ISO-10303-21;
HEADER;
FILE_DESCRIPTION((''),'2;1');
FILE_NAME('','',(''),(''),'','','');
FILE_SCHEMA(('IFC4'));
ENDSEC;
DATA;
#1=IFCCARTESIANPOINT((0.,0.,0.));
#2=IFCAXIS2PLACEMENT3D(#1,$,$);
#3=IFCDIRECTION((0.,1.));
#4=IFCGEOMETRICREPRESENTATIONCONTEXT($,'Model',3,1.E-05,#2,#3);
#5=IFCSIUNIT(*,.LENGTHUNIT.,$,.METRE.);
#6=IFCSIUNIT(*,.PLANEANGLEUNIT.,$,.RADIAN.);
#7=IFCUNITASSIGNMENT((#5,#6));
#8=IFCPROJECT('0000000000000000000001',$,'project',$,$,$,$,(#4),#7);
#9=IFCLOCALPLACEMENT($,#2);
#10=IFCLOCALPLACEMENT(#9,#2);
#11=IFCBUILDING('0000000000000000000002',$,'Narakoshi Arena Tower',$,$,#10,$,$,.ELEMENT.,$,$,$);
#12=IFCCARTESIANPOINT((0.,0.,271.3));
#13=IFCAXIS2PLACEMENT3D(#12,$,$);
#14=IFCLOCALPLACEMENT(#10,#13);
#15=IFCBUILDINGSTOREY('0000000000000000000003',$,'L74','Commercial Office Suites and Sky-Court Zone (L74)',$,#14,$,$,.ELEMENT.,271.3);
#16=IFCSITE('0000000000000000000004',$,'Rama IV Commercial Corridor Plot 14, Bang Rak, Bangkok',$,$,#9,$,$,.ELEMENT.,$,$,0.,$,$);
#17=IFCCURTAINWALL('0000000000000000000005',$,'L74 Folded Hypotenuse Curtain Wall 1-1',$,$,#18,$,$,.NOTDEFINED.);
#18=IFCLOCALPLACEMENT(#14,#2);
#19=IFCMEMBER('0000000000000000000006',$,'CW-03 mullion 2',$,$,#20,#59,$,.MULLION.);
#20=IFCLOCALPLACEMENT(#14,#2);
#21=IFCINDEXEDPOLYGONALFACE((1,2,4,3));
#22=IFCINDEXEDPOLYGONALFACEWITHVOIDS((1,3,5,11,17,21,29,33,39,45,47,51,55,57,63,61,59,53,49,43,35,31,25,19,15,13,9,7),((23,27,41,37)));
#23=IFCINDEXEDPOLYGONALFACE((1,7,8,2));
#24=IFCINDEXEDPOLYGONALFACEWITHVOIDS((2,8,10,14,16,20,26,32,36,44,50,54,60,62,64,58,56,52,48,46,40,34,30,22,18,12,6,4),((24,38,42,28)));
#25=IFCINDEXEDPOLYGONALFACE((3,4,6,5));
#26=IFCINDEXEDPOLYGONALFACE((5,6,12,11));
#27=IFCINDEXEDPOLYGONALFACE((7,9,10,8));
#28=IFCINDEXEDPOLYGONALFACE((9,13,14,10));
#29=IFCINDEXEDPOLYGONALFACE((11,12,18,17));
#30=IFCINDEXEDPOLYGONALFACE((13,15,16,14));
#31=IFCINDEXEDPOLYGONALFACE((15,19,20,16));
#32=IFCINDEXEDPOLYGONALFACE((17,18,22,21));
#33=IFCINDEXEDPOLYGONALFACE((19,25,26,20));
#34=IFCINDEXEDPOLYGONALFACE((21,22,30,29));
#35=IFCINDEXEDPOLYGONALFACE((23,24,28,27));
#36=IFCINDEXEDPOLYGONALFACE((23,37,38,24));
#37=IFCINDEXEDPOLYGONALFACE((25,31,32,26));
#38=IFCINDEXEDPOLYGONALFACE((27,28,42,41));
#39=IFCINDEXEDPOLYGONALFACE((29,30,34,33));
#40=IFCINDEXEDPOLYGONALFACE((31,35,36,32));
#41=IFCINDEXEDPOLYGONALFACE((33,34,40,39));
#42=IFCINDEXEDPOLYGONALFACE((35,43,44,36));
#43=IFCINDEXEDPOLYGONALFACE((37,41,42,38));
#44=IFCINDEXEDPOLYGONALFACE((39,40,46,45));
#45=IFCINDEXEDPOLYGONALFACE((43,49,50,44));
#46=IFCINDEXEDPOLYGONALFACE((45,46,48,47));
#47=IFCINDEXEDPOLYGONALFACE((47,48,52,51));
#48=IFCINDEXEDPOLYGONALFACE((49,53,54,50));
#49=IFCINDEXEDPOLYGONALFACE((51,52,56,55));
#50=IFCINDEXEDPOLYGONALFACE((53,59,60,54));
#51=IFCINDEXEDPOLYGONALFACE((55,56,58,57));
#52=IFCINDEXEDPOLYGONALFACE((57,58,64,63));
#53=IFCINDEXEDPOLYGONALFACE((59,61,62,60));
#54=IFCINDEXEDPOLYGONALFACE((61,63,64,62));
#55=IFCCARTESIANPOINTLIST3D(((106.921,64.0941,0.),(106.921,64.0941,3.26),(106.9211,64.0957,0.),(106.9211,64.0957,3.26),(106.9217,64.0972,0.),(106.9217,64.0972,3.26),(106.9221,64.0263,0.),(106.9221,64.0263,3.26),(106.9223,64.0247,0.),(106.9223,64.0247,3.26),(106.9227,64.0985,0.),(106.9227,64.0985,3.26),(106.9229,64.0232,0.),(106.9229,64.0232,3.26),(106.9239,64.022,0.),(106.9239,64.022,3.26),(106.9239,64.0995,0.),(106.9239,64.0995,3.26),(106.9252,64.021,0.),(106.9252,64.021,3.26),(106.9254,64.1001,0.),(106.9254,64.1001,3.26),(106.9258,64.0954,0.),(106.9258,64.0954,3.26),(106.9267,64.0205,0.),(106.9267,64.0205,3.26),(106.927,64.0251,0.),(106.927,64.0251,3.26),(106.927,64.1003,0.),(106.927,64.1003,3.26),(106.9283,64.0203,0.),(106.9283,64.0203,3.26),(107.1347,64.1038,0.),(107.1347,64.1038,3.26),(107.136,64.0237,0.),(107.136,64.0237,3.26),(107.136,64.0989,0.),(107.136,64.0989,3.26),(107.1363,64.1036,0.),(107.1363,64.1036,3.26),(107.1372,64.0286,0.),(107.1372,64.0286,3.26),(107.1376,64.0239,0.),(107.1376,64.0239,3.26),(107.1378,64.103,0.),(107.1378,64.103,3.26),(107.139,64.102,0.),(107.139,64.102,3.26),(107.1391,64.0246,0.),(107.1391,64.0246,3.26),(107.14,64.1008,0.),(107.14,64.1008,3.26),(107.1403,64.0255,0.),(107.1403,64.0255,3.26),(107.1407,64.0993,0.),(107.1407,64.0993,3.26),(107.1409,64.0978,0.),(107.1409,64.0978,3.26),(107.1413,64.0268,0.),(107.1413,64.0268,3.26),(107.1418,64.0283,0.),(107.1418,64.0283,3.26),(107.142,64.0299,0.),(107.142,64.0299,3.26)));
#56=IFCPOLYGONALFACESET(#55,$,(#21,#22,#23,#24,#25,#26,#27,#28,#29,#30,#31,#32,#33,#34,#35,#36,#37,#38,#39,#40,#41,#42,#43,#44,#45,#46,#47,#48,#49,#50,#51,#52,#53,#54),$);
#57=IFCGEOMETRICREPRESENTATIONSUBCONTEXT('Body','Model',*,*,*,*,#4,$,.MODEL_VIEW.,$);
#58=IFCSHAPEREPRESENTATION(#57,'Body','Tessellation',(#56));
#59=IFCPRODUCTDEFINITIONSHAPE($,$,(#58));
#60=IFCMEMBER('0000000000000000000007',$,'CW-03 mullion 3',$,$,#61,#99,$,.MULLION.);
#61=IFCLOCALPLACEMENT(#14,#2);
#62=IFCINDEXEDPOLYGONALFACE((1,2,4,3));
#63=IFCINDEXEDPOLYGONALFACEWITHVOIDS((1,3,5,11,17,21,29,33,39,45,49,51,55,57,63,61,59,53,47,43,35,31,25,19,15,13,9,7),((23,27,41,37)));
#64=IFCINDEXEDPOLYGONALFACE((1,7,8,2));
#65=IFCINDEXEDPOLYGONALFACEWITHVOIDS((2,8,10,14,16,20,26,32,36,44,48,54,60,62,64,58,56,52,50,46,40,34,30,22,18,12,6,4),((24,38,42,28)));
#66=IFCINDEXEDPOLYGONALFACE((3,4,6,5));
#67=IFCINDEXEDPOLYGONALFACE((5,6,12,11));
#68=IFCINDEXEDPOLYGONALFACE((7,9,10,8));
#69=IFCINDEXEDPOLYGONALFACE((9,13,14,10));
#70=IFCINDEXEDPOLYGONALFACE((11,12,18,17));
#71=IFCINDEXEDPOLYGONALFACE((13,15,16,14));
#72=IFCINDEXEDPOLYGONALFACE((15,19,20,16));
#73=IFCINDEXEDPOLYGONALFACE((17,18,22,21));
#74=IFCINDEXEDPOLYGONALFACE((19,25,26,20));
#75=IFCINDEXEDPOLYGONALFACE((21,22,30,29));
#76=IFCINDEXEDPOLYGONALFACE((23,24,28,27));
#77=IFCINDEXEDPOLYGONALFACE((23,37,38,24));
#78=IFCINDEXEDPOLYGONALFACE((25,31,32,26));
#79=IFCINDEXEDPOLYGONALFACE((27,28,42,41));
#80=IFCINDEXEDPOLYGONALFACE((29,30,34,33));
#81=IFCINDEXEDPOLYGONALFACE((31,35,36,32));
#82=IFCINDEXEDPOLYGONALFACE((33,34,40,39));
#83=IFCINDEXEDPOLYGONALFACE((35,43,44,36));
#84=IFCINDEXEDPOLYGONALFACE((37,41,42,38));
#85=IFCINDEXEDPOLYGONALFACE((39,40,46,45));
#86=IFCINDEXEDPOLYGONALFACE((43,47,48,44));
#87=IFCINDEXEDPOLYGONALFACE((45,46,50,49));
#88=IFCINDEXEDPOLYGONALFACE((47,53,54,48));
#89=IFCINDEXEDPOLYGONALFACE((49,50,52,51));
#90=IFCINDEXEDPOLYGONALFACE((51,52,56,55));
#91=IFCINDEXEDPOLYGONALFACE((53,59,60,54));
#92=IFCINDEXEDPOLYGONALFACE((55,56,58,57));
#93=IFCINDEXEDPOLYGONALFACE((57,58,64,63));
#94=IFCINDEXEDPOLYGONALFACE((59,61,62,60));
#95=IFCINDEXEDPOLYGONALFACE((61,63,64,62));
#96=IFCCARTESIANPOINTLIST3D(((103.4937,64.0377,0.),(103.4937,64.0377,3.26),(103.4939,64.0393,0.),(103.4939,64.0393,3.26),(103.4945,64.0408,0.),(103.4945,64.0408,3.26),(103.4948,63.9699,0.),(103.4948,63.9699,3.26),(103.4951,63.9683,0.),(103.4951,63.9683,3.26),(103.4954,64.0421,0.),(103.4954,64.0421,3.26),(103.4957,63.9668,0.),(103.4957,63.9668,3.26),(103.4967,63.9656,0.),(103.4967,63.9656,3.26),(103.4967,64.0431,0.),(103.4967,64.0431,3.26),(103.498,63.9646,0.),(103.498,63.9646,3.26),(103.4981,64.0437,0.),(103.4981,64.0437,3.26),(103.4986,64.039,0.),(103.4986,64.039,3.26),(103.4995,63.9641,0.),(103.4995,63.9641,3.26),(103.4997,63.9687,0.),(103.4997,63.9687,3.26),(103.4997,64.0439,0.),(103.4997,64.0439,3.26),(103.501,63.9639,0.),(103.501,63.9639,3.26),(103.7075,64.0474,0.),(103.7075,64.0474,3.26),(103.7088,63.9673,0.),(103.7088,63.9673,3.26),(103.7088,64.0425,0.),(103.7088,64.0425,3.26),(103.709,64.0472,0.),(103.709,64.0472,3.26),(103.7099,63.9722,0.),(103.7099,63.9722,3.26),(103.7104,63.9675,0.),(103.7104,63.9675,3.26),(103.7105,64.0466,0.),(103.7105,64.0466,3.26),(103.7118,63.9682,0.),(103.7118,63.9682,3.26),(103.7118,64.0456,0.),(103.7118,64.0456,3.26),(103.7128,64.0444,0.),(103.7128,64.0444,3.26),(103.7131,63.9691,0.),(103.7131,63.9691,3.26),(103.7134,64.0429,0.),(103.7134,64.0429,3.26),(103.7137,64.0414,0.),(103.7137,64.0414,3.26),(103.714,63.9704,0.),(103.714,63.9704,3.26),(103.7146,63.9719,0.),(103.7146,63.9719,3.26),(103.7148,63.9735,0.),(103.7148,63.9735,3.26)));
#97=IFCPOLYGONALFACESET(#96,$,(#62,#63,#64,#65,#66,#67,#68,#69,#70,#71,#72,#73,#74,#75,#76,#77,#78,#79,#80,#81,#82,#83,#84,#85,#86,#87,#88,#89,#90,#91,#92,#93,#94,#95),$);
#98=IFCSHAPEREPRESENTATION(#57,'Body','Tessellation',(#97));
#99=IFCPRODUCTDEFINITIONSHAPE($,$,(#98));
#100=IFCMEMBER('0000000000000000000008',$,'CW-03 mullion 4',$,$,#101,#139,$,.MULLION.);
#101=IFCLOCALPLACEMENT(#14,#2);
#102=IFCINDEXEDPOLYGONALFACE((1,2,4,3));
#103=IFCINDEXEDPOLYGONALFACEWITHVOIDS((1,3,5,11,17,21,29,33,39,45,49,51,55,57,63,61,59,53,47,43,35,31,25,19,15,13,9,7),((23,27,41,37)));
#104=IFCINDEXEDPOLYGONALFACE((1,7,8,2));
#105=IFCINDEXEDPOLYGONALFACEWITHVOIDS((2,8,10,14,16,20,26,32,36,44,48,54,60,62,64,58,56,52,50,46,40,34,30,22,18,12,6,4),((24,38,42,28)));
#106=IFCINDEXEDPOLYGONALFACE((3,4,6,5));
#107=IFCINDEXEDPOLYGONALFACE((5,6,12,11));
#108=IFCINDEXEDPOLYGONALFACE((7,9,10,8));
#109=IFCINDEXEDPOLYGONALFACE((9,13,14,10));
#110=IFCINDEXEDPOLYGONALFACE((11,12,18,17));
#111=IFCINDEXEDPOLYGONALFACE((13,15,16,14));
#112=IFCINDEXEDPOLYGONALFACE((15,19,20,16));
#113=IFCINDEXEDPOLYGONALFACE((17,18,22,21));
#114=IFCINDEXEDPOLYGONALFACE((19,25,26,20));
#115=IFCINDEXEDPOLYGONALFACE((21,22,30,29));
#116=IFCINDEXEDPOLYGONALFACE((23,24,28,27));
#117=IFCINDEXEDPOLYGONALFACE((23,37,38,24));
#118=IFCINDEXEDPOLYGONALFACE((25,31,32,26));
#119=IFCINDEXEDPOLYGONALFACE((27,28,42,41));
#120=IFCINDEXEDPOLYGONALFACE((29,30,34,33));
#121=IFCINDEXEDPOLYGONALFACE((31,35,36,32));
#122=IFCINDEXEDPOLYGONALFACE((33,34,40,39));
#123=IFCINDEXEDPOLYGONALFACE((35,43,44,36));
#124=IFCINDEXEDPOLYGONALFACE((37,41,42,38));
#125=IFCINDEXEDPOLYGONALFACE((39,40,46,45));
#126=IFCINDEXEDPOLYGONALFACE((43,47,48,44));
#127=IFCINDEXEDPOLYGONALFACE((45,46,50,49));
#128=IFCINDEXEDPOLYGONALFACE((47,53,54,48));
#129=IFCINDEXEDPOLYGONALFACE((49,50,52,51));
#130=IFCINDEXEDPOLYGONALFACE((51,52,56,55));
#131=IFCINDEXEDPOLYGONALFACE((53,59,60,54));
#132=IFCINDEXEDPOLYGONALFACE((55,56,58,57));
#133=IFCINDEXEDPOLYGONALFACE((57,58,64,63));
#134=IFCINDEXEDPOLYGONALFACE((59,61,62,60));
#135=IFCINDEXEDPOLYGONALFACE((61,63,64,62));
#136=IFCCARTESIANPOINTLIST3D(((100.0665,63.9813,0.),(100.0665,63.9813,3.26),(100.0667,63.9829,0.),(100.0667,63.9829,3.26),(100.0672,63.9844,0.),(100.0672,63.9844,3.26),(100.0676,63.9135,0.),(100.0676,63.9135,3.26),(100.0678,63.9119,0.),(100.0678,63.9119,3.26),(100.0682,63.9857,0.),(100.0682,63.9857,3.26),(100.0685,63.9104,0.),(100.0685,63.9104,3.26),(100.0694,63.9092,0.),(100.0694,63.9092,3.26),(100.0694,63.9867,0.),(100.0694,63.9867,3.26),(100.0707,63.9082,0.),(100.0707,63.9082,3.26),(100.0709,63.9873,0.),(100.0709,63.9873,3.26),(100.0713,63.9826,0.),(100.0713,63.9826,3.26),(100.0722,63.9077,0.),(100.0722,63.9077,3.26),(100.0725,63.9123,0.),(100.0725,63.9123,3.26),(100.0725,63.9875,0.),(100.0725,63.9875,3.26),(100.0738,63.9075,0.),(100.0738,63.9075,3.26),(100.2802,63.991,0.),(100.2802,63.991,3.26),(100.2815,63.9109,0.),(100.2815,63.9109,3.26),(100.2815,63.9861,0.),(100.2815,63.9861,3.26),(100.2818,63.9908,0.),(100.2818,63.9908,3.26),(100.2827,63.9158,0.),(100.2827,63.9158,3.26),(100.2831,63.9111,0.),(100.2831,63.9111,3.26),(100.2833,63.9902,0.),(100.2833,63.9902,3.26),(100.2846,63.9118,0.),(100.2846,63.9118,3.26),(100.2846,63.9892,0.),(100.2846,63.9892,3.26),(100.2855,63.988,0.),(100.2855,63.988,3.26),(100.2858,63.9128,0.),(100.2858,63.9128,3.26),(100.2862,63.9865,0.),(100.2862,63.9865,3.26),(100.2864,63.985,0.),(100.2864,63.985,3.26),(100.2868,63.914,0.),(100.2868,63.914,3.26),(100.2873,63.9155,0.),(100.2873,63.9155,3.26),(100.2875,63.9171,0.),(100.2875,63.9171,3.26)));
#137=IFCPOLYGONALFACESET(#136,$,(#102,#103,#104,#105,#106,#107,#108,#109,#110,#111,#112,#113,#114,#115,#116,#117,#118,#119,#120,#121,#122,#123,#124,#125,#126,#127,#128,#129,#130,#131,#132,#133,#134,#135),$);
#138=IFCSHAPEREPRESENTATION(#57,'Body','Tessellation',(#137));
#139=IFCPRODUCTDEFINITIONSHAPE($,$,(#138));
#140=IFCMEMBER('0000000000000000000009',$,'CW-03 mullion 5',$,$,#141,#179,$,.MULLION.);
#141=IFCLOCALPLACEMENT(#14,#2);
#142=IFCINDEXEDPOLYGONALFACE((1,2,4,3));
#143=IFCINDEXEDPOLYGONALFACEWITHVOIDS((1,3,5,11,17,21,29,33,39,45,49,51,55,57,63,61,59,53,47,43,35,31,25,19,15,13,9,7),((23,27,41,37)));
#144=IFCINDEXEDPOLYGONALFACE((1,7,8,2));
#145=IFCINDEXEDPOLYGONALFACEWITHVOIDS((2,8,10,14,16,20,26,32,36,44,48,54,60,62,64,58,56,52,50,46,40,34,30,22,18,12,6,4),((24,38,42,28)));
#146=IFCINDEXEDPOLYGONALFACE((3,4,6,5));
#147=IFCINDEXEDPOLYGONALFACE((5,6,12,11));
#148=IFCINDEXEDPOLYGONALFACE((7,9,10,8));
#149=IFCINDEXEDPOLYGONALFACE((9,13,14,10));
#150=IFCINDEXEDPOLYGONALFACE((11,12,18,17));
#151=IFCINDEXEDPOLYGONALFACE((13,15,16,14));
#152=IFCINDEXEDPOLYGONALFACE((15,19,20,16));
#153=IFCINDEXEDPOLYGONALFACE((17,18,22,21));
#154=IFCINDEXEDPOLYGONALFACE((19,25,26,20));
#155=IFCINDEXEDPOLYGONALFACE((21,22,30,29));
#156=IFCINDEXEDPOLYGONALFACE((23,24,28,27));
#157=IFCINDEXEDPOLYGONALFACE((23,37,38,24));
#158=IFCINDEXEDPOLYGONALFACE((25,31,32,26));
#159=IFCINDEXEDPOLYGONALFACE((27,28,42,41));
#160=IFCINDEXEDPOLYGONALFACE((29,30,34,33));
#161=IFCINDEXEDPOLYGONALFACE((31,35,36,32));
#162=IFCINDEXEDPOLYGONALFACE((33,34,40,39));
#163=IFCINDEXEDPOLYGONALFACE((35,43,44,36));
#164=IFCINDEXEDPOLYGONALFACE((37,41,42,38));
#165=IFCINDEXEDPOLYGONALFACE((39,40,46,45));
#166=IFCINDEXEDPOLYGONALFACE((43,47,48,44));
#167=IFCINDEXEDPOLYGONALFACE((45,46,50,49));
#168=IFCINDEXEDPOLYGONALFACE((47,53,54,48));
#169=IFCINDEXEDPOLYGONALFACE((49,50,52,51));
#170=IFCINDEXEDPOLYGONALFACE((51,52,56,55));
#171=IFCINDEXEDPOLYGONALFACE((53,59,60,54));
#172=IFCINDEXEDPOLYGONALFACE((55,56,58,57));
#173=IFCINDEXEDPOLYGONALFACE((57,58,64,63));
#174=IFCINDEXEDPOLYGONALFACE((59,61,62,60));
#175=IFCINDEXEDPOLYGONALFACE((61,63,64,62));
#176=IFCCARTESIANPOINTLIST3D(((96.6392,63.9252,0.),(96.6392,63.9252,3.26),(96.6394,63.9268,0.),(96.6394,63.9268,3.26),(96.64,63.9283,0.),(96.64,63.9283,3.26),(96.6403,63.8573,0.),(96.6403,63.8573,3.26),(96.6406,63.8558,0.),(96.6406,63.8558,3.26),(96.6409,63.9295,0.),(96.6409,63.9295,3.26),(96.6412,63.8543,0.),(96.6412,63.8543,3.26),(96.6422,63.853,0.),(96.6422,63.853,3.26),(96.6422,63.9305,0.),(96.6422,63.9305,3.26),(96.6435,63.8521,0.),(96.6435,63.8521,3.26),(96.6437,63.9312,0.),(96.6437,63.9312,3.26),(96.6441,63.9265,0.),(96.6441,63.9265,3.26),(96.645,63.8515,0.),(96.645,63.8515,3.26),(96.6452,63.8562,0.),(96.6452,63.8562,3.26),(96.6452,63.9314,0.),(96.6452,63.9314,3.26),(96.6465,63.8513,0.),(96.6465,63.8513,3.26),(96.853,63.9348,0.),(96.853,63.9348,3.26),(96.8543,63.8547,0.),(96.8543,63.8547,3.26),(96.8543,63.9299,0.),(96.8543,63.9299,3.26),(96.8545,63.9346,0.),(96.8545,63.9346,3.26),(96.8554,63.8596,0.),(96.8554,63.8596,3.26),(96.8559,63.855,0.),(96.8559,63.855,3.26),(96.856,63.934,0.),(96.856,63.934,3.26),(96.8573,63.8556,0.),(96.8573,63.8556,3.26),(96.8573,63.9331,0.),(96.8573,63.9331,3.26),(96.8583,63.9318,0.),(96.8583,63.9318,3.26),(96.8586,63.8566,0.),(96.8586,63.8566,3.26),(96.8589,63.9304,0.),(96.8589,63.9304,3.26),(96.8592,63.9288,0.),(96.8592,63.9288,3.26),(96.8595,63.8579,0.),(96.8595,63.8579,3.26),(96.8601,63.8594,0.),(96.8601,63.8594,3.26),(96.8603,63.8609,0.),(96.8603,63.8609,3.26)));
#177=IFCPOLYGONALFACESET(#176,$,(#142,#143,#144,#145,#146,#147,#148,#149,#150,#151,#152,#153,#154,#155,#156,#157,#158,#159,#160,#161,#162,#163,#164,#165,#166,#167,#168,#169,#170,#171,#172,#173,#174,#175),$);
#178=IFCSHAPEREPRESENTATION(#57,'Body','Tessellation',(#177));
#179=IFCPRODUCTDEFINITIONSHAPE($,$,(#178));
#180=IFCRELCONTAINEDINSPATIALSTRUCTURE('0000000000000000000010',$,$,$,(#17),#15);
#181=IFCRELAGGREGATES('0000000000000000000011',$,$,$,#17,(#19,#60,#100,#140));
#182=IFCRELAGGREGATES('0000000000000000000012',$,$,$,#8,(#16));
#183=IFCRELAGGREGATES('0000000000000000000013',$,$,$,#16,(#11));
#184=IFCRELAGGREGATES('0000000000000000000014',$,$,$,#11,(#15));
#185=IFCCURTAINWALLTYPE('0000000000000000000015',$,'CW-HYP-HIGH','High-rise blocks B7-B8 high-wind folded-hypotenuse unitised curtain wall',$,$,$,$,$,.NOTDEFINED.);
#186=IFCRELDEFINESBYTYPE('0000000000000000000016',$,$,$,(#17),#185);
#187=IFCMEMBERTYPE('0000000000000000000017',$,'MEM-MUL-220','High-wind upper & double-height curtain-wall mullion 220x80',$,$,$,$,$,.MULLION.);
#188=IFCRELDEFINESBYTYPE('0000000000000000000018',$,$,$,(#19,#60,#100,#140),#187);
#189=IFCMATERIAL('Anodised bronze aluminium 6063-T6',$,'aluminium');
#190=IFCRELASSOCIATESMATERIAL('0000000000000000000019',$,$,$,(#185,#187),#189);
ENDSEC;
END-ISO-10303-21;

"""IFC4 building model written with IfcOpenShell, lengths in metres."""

from ifc_helpers import new_model, si_unit, direction, frame, origin, origin_2d, place, context, subcontext, project, spatial, hollow_rectangle, extrude, material, material_profile, profile_set, type_object, element, aggregate, save


model = new_model("IFC4")

# Units and contexts
model_context = context("Model", 3, precision=1e-05, world=origin(), true_north=direction((0.0, 1.0)))
body_context = subcontext(model_context, "Body", "Model", "MODEL_VIEW")
ifc_project = project(units=[si_unit("LENGTHUNIT", "METRE"), si_unit("PLANEANGLEUNIT", "RADIAN")], contexts=[model_context])

# Site, building, storey
site_placement = place(None, origin())
site = spatial("IfcSite", under=ifc_project, at=site_placement, Name="Rama IV Commercial Corridor Plot 14, Bang Rak, Bangkok", CompositionType="ELEMENT", RefElevation=0.0)
building_placement = place(site_placement, origin())
building = spatial("IfcBuilding", under=site, at=building_placement, Name="Narakoshi Arena Tower", CompositionType="ELEMENT")
storey_placement = place(building_placement, frame((0.0, 0.0, 271.3)))
storey = spatial("IfcBuildingStorey", under=building, at=storey_placement, Name="L74", Description="Commercial Office Suites and Sky-Court Zone (L74)", CompositionType="ELEMENT", Elevation=271.3)

# Curtain wall, members
ifc_material_1 = material(Name="Anodised bronze aluminium 6063-T6", Category="aluminium")
curtain_wall_type = type_object("IfcCurtainWallType", Name="CW-HYP-HIGH", Description="High-rise blocks B7-B8 high-wind folded-hypotenuse unitised curtain wall", PredefinedType="NOTDEFINED", material=ifc_material_1)
curtain_wall_placement = place(storey_placement, origin())
curtain_wall = element("IfcCurtainWall", 1, at=curtain_wall_placement, inside=storey, type_object=curtain_wall_type, Name="L74 Folded Hypotenuse Curtain Wall 1-1", PredefinedType="NOTDEFINED")
ifc_material_profile_1 = material_profile(ifc_material_1, hollow_rectangle(XDim=0.0801, YDim=0.22, WallThickness=0.0049, OuterFilletRadius=0.0061, at=origin_2d()), Name="MUL220x80x5")
ifc_profile_set_1 = profile_set([ifc_material_profile_1], Name="Anodised bronze aluminium 6063-T6")
member_type_1 = type_object("IfcMemberType", Name="MEM-MUL-220", Description="High-wind upper & double-height curtain-wall mullion 220x80", PredefinedType="MULLION", material=ifc_profile_set_1)
member_1_placement = place(storey_placement, frame((107.0315, 64.062, 0.0), z_axis=(0.0, 0.0, 1.0), x_axis=(0.016443, -0.999865, 0.0)))
member_1 = element("IfcMember", 2, at=member_1_placement, type_object=member_type_1, Name="CW-03 mullion 2", PredefinedType="MULLION", context=body_context, shape_type="SweptSolid", body=[
    extrude(hollow_rectangle(XDim=0.0801, YDim=0.22, WallThickness=0.0049, OuterFilletRadius=0.0061, at=origin_2d()), origin(), (0.0, 0.0, 1.0), 3.26),
])
member_2_placement = place(storey_placement, frame((103.6042, 64.0056, 0.0), z_axis=(0.0, 0.0, 1.0), x_axis=(0.016443, -0.999865, 0.0)))
member_2 = element("IfcMember", 3, at=member_2_placement, type_object=member_type_1, Name="CW-03 mullion 3", PredefinedType="MULLION", context=body_context, shape_type="SweptSolid", body=[
    extrude(hollow_rectangle(XDim=0.0801, YDim=0.22, WallThickness=0.0049, OuterFilletRadius=0.0061, at=origin_2d()), origin(), (0.0, 0.0, 1.0), 3.26),
])
member_3_placement = place(storey_placement, frame((100.177, 63.9492, 0.0), z_axis=(0.0, 0.0, 1.0), x_axis=(0.016443, -0.999865, 0.0)))
member_3 = element("IfcMember", 4, at=member_3_placement, type_object=member_type_1, Name="CW-03 mullion 4", PredefinedType="MULLION", context=body_context, shape_type="SweptSolid", body=[
    extrude(hollow_rectangle(XDim=0.0801, YDim=0.22, WallThickness=0.0049, OuterFilletRadius=0.0061, at=origin_2d()), origin(), (0.0, 0.0, 1.0), 3.26),
])
member_4_placement = place(storey_placement, frame((96.7498, 63.8931, 0.0), z_axis=(0.0, 0.0, 1.0), x_axis=(0.016443, -0.999865, 0.0)))
member_4 = element("IfcMember", 5, at=member_4_placement, type_object=member_type_1, Name="CW-03 mullion 5", PredefinedType="MULLION", context=body_context, shape_type="SweptSolid", body=[
    extrude(hollow_rectangle(XDim=0.0801, YDim=0.22, WallThickness=0.0049, OuterFilletRadius=0.0061, at=origin_2d()), origin(), (0.0, 0.0, 1.0), 3.26),
])
aggregate(curtain_wall, [member_1, member_2, member_3, member_4])

save(model, "model.ifc")
